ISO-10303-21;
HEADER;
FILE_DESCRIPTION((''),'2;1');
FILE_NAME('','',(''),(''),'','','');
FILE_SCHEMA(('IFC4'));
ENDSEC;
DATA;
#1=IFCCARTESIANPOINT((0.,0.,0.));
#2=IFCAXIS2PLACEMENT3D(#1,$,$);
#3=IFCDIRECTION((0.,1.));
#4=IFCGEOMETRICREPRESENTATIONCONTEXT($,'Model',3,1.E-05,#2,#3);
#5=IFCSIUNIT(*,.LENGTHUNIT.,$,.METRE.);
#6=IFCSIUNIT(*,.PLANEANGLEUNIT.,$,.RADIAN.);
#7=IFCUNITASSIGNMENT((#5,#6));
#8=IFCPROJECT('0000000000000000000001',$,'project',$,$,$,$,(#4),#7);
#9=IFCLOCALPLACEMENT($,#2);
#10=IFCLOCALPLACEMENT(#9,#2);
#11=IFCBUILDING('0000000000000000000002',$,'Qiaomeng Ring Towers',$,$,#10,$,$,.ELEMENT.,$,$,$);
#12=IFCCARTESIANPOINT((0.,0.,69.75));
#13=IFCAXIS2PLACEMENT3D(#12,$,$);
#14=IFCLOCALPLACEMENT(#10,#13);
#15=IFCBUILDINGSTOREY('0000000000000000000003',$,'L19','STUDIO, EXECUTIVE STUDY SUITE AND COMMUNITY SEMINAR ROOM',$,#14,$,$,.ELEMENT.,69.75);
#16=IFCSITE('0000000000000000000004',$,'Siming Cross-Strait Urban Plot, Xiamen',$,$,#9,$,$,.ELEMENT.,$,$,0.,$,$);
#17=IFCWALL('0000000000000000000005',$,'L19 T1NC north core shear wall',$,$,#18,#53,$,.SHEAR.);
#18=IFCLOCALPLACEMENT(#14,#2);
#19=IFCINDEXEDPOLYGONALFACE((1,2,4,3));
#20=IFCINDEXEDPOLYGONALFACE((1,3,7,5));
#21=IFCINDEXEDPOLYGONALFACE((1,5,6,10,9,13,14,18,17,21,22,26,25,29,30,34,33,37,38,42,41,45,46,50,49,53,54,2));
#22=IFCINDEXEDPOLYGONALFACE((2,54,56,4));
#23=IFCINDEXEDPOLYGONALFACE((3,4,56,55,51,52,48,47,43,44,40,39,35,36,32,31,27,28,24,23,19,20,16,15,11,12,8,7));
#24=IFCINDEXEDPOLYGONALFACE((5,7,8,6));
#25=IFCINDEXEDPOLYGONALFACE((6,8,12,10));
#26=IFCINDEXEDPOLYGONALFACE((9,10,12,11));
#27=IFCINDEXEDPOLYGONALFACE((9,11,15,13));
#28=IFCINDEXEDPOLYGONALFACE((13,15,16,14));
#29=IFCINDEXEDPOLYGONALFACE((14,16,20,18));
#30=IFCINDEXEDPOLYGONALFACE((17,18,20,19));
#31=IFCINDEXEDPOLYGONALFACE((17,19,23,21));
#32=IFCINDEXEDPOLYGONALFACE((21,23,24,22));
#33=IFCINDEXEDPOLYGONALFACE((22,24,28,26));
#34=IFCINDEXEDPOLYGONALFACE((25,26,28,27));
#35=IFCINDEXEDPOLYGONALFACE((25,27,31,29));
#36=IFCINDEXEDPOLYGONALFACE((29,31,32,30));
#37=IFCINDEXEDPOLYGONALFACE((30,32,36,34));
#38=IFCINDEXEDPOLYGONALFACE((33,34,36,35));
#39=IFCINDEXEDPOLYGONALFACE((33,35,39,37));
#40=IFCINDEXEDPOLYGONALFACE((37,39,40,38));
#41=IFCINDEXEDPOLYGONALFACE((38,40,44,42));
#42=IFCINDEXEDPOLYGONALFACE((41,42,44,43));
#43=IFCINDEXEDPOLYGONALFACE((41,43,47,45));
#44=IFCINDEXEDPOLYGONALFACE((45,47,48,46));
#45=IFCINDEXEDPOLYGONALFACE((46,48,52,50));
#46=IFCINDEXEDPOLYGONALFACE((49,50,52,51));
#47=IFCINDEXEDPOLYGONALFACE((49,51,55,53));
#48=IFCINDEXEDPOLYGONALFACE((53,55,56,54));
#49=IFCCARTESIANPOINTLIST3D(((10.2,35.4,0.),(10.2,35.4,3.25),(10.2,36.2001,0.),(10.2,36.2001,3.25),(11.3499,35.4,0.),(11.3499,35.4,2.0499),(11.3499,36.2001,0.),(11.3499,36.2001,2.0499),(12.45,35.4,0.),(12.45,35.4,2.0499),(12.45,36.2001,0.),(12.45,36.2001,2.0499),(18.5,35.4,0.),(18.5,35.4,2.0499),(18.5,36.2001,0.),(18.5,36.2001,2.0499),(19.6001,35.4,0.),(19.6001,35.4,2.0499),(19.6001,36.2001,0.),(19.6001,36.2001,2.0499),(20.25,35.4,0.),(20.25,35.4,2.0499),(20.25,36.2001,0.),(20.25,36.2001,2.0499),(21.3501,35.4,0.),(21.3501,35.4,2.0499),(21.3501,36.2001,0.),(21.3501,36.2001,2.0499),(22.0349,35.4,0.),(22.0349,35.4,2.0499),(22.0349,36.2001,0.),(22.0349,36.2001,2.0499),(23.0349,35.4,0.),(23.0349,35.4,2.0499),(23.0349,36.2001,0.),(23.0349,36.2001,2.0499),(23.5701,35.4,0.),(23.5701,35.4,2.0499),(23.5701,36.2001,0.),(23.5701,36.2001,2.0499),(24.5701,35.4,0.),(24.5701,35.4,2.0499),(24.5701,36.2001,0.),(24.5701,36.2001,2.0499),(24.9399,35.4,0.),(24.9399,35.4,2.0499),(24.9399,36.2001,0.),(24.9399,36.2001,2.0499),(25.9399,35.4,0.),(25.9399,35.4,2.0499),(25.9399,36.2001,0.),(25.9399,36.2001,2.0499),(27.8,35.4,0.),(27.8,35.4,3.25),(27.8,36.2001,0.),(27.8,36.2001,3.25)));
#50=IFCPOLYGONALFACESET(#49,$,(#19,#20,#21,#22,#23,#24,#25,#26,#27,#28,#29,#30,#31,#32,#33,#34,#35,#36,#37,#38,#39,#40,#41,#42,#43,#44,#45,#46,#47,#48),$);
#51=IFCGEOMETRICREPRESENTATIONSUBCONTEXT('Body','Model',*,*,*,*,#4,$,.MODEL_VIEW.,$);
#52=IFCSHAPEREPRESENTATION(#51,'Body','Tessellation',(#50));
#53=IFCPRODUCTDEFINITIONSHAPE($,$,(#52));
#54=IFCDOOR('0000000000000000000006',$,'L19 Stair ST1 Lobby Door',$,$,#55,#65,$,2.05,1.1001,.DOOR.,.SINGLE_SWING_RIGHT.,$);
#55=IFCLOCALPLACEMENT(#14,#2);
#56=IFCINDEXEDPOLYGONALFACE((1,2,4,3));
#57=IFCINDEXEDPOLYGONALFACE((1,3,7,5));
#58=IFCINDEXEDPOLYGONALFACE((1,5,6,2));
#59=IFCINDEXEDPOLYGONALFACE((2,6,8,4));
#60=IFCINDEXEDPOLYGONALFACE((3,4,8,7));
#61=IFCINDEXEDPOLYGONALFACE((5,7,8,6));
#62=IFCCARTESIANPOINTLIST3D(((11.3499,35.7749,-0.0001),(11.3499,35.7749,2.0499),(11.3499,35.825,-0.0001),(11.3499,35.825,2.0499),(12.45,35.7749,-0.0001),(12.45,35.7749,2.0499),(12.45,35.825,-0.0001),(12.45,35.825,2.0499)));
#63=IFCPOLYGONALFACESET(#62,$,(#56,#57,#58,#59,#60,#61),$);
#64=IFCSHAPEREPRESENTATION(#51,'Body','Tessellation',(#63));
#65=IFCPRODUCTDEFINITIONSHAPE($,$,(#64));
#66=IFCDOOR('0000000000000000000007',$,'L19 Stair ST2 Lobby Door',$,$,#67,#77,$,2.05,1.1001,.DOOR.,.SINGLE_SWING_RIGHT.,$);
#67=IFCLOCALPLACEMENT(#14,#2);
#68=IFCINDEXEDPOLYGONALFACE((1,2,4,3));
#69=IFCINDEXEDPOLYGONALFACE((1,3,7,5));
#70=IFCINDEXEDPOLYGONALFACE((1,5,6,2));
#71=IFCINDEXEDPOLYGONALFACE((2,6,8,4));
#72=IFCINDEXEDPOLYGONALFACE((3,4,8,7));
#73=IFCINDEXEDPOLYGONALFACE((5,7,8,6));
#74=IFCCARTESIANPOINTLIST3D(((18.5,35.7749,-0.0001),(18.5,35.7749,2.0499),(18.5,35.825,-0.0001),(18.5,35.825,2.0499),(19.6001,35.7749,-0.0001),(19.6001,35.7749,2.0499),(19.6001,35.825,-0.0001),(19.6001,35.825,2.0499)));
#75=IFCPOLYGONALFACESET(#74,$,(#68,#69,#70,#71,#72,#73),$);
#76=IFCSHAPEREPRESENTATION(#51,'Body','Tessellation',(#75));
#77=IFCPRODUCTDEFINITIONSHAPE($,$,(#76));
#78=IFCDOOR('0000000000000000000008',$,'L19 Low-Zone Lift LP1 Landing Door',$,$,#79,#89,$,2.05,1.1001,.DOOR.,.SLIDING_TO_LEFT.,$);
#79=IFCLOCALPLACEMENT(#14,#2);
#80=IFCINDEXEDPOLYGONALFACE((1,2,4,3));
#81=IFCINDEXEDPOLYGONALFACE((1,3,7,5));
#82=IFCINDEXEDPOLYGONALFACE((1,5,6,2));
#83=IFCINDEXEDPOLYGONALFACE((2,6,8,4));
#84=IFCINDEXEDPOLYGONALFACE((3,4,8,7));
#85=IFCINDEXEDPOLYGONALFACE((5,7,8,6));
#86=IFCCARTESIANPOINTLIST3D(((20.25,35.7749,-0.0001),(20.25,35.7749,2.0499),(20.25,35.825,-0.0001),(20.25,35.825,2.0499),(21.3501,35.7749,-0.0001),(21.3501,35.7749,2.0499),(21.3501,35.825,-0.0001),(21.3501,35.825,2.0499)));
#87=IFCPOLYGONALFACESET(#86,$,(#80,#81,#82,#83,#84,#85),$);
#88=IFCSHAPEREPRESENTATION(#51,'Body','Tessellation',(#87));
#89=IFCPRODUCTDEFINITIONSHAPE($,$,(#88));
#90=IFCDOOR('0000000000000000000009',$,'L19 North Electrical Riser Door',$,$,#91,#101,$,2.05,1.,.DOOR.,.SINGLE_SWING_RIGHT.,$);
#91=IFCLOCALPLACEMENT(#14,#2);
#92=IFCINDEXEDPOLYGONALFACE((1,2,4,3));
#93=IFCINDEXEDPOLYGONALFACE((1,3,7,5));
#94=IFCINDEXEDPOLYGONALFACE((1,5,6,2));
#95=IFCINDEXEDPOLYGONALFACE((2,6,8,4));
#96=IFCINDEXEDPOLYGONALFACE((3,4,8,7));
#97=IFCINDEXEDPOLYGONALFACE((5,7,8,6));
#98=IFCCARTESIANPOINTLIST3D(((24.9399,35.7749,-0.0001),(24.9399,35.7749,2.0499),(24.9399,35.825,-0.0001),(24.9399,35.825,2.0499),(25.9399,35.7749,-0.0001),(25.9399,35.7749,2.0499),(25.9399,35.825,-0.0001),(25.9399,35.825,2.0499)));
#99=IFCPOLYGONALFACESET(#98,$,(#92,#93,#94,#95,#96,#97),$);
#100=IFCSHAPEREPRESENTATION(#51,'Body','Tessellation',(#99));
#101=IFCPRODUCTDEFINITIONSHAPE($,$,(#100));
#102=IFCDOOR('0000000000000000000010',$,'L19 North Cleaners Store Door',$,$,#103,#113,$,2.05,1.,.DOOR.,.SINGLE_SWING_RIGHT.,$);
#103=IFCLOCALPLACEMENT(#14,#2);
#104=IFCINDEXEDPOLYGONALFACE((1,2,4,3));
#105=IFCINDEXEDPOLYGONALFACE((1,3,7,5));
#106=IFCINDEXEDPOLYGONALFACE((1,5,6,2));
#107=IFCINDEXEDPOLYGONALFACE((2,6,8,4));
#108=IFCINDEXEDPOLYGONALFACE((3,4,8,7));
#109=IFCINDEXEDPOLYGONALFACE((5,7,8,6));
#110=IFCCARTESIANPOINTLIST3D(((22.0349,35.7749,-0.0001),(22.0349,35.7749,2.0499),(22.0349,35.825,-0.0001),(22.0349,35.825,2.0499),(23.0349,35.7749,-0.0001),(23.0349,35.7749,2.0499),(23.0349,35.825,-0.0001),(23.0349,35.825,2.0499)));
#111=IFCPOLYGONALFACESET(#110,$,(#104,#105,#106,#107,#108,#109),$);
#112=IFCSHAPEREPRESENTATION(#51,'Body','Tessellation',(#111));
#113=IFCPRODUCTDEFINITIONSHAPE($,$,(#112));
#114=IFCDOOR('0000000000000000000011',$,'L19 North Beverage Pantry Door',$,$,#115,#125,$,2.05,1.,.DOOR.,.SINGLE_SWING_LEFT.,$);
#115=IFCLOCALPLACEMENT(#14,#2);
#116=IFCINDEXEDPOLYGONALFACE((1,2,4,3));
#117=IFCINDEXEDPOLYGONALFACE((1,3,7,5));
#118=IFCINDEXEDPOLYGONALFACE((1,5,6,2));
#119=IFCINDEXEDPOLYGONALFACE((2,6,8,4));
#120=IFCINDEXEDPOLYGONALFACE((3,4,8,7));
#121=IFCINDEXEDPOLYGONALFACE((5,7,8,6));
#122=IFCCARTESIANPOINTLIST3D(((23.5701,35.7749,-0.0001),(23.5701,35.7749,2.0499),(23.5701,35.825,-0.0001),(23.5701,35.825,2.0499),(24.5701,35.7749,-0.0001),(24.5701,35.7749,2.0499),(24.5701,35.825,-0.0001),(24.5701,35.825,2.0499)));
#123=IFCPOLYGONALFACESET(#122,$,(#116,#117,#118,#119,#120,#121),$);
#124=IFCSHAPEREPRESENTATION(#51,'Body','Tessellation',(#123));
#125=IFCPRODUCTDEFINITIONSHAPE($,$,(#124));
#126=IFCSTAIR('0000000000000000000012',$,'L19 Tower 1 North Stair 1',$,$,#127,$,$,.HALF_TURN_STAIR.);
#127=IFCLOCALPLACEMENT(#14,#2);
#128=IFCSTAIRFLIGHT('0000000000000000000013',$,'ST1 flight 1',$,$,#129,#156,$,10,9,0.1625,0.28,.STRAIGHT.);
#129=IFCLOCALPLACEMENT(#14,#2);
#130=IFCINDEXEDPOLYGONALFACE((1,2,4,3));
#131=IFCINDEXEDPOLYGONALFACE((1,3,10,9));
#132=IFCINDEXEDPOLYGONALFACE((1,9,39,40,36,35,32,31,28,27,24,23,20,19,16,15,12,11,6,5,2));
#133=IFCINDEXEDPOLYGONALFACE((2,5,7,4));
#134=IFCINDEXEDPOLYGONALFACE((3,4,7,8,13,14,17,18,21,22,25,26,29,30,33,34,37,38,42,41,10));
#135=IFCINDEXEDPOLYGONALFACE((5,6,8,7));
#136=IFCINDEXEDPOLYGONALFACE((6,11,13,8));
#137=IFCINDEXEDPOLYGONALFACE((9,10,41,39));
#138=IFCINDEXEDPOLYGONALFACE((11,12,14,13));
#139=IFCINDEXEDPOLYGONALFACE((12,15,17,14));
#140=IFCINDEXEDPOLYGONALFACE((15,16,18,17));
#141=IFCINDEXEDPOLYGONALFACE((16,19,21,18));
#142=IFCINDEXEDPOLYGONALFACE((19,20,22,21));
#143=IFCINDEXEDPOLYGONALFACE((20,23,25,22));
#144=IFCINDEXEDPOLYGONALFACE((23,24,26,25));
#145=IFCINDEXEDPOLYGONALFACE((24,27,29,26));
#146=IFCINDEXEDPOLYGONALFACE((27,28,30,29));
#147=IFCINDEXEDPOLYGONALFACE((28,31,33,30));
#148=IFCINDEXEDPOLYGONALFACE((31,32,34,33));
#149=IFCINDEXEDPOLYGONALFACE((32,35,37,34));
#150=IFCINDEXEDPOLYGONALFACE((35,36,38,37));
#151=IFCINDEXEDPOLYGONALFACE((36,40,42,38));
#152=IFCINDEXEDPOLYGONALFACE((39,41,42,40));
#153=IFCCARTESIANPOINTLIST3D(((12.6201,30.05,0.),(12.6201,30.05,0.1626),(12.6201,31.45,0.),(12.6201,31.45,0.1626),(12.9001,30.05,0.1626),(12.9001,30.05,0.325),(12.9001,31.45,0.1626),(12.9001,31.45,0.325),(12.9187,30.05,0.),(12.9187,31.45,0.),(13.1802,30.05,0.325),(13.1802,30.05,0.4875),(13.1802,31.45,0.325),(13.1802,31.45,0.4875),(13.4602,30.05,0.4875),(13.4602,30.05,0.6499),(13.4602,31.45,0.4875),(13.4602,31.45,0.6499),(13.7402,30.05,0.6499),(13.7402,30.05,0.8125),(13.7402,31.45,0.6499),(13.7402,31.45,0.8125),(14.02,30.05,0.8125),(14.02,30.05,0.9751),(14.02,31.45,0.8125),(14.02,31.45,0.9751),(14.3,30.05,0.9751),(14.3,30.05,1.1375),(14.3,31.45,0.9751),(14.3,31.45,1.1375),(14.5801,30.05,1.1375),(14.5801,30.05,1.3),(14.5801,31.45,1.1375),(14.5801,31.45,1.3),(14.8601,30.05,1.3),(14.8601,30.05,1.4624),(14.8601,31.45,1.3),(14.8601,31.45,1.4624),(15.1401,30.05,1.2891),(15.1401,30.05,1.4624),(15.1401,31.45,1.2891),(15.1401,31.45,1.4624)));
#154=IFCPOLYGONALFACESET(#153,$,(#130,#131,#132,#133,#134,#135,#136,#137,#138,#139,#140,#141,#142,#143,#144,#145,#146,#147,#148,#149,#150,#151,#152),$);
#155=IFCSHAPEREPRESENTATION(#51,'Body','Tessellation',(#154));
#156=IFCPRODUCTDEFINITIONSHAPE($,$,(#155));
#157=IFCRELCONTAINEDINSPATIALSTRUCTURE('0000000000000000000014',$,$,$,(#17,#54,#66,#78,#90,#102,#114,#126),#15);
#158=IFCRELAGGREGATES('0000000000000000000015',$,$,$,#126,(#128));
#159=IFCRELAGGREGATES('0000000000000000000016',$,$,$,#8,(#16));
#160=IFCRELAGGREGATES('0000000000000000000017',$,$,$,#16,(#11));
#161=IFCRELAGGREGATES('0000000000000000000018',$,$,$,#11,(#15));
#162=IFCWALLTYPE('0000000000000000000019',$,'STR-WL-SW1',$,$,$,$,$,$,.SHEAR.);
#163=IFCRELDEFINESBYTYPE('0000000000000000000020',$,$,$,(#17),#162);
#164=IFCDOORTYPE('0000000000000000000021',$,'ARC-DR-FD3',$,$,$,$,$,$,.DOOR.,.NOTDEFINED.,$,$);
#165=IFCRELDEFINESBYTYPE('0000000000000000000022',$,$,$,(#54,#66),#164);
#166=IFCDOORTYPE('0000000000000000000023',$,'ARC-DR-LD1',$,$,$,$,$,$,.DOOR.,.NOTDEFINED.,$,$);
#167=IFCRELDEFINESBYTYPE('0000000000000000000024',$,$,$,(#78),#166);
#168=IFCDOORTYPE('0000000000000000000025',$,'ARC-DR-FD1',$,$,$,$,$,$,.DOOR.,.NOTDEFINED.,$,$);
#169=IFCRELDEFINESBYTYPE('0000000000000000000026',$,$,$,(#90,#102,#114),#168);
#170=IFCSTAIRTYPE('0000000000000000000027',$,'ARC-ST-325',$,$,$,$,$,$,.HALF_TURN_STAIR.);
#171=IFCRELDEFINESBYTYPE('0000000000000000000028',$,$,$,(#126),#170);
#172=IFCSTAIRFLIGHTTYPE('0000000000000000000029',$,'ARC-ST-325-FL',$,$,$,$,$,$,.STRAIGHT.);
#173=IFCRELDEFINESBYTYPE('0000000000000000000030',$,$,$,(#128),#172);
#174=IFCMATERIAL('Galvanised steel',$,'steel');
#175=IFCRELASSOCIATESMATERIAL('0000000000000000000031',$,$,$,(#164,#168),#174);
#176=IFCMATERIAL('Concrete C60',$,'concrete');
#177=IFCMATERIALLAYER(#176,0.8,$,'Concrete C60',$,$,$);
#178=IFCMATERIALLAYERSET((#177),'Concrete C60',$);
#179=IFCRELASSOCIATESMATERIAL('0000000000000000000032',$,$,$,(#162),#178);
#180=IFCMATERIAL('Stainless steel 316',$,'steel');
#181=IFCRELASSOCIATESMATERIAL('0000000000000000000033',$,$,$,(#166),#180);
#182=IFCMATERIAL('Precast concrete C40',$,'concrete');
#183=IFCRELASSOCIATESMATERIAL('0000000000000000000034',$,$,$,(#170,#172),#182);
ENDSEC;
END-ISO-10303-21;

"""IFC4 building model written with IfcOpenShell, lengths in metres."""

from ifc_helpers import new_model, si_unit, direction, frame, frame_2d, origin, place, context, subcontext, project, spatial, polyline, rectangle, outline, extrude, source, transform, mapped, material, layer, layer_set, type_object, element, fill, aggregate, save


model = new_model("IFC4")

# Units and contexts
model_context = context("Model", 3, precision=1e-05, world=origin(), true_north=direction((0.0, 1.0)))
body_context = subcontext(model_context, "Body", "Model", "MODEL_VIEW")
ifc_project = project(units=[si_unit("LENGTHUNIT", "METRE"), si_unit("PLANEANGLEUNIT", "RADIAN")], contexts=[model_context])

# Site, building, storey
site_placement = place(None, origin())
site = spatial("IfcSite", under=ifc_project, at=site_placement, Name="Siming Cross-Strait Urban Plot, Xiamen", CompositionType="ELEMENT", RefElevation=0.0)
building_placement = place(site_placement, origin())
building = spatial("IfcBuilding", under=site, at=building_placement, Name="Qiaomeng Ring Towers", CompositionType="ELEMENT")
storey_placement = place(building_placement, frame((0.0, 0.0, 69.75)))
storey = spatial("IfcBuildingStorey", under=building, at=storey_placement, Name="L19", Description="STUDIO, EXECUTIVE STUDY SUITE AND COMMUNITY SEMINAR ROOM", CompositionType="ELEMENT", Elevation=69.75)

# Shared definitions
ifc_material_1 = material(Name="Concrete C60", Category="concrete")

# Shared definitions
shared_shape_1 = source(origin(), body_context, "Body", "SweptSolid", [
    extrude(rectangle(XDim=1.0, YDim=2.05, at=frame_2d((0.5, 1.0249))), frame((0.0, 0.0249, 0.0), z_axis=(0.0, -1.0, 0.0), x_axis=(1.0, 0.0, 0.0)), (0.0, 0.0, 1.0), 0.05),
])

# Shared definitions
ifc_material_2 = material(Name="Galvanised steel", Category="steel")
door_type_1 = type_object("IfcDoorType", Name="ARC-DR-FD3", OperationType="NOTDEFINED", PredefinedType="DOOR", material=ifc_material_2)
shared_shape_2 = source(origin(), body_context, "Body", "SweptSolid", [
    extrude(rectangle(XDim=1.1001, YDim=2.05, at=frame_2d((0.55, 1.0249))), frame((0.0, 0.0249, 0.0), z_axis=(0.0, -1.0, 0.0), x_axis=(1.0, 0.0, 0.0)), (0.0, 0.0, 1.0), 0.05),
])

# Wall, openings, doors
ifc_layer_1 = layer(ifc_material_1, 0.8, Name="Concrete C60")
ifc_layer_set_1 = layer_set([ifc_layer_1], Name="Concrete C60")
wall_type_1 = type_object("IfcWallType", Name="STR-WL-SW1", PredefinedType="SHEAR", material=ifc_layer_set_1)
wall_1_placement = place(storey_placement, frame((10.2, 35.8, 0.0), z_axis=(0.0, 0.0, 1.0), x_axis=(1.0, 0.0, 0.0)))
wall_1 = element("IfcWall", 1, at=wall_1_placement, inside=storey, type_object=wall_type_1, Name="L19 T1NC north core shear wall", PredefinedType="SHEAR", context=body_context, shape_type="SweptSolid", body=[
    extrude(rectangle(XDim=17.6001, YDim=0.8, at=frame_2d((8.8, 0.0))), origin(), (0.0, 0.0, 1.0), 3.25),
])
opening_1_placement = place(wall_1_placement, frame((1.1499, 0.0, 0.0)))
opening_1 = element("IfcOpeningElement", 2, at=opening_1_placement, cuts=wall_1, PredefinedType="OPENING", context=body_context, shape_type="SweptSolid", body=[
    extrude(rectangle(XDim=1.1001, YDim=2.05, at=frame_2d((0.55, 1.0249))), frame((0.0, 0.4099, 0.0), z_axis=(0.0, -1.0, 0.0), x_axis=(1.0, 0.0, 0.0)), (0.0, 0.0, 1.0), 0.8201),
])
opening_2_placement = place(wall_1_placement, frame((8.3, 0.0, 0.0)))
opening_2 = element("IfcOpeningElement", 3, at=opening_2_placement, cuts=wall_1, PredefinedType="OPENING", context=body_context, shape_type="SweptSolid", body=[
    extrude(rectangle(XDim=1.1001, YDim=2.05, at=frame_2d((0.55, 1.0249))), frame((0.0, 0.4099, 0.0), z_axis=(0.0, -1.0, 0.0), x_axis=(1.0, 0.0, 0.0)), (0.0, 0.0, 1.0), 0.8201),
])
opening_3_placement = place(wall_1_placement, frame((10.05, 0.0, 0.0)))
opening_3 = element("IfcOpeningElement", 4, at=opening_3_placement, cuts=wall_1, PredefinedType="OPENING", context=body_context, shape_type="SweptSolid", body=[
    extrude(rectangle(XDim=1.1001, YDim=2.05, at=frame_2d((0.55, 1.0249))), frame((0.0, 0.4099, 0.0), z_axis=(0.0, -1.0, 0.0), x_axis=(1.0, 0.0, 0.0)), (0.0, 0.0, 1.0), 0.8201),
])
opening_4_placement = place(wall_1_placement, frame((14.74, 0.0, 0.0)))
opening_4 = element("IfcOpeningElement", 5, at=opening_4_placement, cuts=wall_1, PredefinedType="OPENING", context=body_context, shape_type="SweptSolid", body=[
    extrude(rectangle(XDim=1.0, YDim=2.05, at=frame_2d((0.5, 1.0249))), frame((0.0, 0.4099, 0.0), z_axis=(0.0, -1.0, 0.0), x_axis=(1.0, 0.0, 0.0)), (0.0, 0.0, 1.0), 0.8201),
])
opening_5_placement = place(wall_1_placement, frame((11.835, 0.0, 0.0)))
opening_5 = element("IfcOpeningElement", 6, at=opening_5_placement, cuts=wall_1, PredefinedType="OPENING", context=body_context, shape_type="SweptSolid", body=[
    extrude(rectangle(XDim=1.0, YDim=2.05, at=frame_2d((0.5, 1.0249))), frame((0.0, 0.4099, 0.0), z_axis=(0.0, -1.0, 0.0), x_axis=(1.0, 0.0, 0.0)), (0.0, 0.0, 1.0), 0.8201),
])
opening_6_placement = place(wall_1_placement, frame((13.3701, 0.0, 0.0)))
opening_6 = element("IfcOpeningElement", 7, at=opening_6_placement, cuts=wall_1, PredefinedType="OPENING", context=body_context, shape_type="SweptSolid", body=[
    extrude(rectangle(XDim=1.0, YDim=2.05, at=frame_2d((0.5, 1.0249))), frame((0.0, 0.4099, 0.0), z_axis=(0.0, -1.0, 0.0), x_axis=(1.0, 0.0, 0.0)), (0.0, 0.0, 1.0), 0.8201),
])
door_1_placement = place(opening_1_placement, origin())
door_1 = element("IfcDoor", 8, at=door_1_placement, inside=storey, type_object=door_type_1, Name="L19 Stair ST1 Lobby Door", OperationType="SINGLE_SWING_RIGHT", OverallHeight=2.05, OverallWidth=1.1001, PredefinedType="DOOR", context=body_context, shape_type="MappedRepresentation", body=[
    mapped(shared_shape_2, transform((0.0, 0.0, 0.0), x_axis=(1.0, 0.0, 0.0), y_axis=(0.0, 1.0, 0.0), z_axis=(0.0, 0.0, 1.0), scale=1.0)),
])
fill(opening_1, door_1)
door_2_placement = place(opening_2_placement, origin())
door_2 = element("IfcDoor", 9, at=door_2_placement, inside=storey, type_object=door_type_1, Name="L19 Stair ST2 Lobby Door", OperationType="SINGLE_SWING_RIGHT", OverallHeight=2.05, OverallWidth=1.1001, PredefinedType="DOOR", context=body_context, shape_type="MappedRepresentation", body=[
    mapped(shared_shape_2, transform((0.0, 0.0, 0.0), x_axis=(1.0, 0.0, 0.0), y_axis=(0.0, 1.0, 0.0), z_axis=(0.0, 0.0, 1.0), scale=1.0)),
])
fill(opening_2, door_2)
ifc_material_3 = material(Name="Stainless steel 316", Category="steel")
door_type_2 = type_object("IfcDoorType", Name="ARC-DR-LD1", OperationType="NOTDEFINED", PredefinedType="DOOR", material=ifc_material_3)
door_3_placement = place(opening_3_placement, origin())
door_3 = element("IfcDoor", 10, at=door_3_placement, inside=storey, type_object=door_type_2, Name="L19 Low-Zone Lift LP1 Landing Door", OperationType="SLIDING_TO_LEFT", OverallHeight=2.05, OverallWidth=1.1001, PredefinedType="DOOR", context=body_context, shape_type="MappedRepresentation", body=[
    mapped(shared_shape_2, transform((0.0, 0.0, 0.0), x_axis=(1.0, 0.0, 0.0), y_axis=(0.0, 1.0, 0.0), z_axis=(0.0, 0.0, 1.0), scale=1.0)),
])
fill(opening_3, door_3)
door_type_3 = type_object("IfcDoorType", Name="ARC-DR-FD1", OperationType="NOTDEFINED", PredefinedType="DOOR", material=ifc_material_2)
door_4_placement = place(opening_4_placement, origin())
door_4 = element("IfcDoor", 11, at=door_4_placement, inside=storey, type_object=door_type_3, Name="L19 North Electrical Riser Door", OperationType="SINGLE_SWING_RIGHT", OverallHeight=2.05, OverallWidth=1.0, PredefinedType="DOOR", context=body_context, shape_type="MappedRepresentation", body=[
    mapped(shared_shape_1, transform((0.0, 0.0, 0.0), x_axis=(1.0, 0.0, 0.0), y_axis=(0.0, 1.0, 0.0), z_axis=(0.0, 0.0, 1.0), scale=1.0)),
])
fill(opening_4, door_4)
door_5_placement = place(opening_5_placement, origin())
door_5 = element("IfcDoor", 12, at=door_5_placement, inside=storey, type_object=door_type_3, Name="L19 North Cleaners Store Door", OperationType="SINGLE_SWING_RIGHT", OverallHeight=2.05, OverallWidth=1.0, PredefinedType="DOOR", context=body_context, shape_type="MappedRepresentation", body=[
    mapped(shared_shape_1, transform((0.0, 0.0, 0.0), x_axis=(1.0, 0.0, 0.0), y_axis=(0.0, 1.0, 0.0), z_axis=(0.0, 0.0, 1.0), scale=1.0)),
])
fill(opening_5, door_5)
door_6_placement = place(opening_6_placement, origin())
door_6 = element("IfcDoor", 13, at=door_6_placement, inside=storey, type_object=door_type_3, Name="L19 North Beverage Pantry Door", OperationType="SINGLE_SWING_LEFT", OverallHeight=2.05, OverallWidth=1.0, PredefinedType="DOOR", context=body_context, shape_type="MappedRepresentation", body=[
    mapped(shared_shape_1, transform((0.0, 0.0, 0.0), x_axis=(1.0, 0.0, 0.0), y_axis=(0.0, 1.0, 0.0), z_axis=(0.0, 0.0, 1.0), scale=1.0)),
])
fill(opening_6, door_6)

# Stair, stair flight
ifc_material_4 = material(Name="Precast concrete C40", Category="concrete")
stair_type = type_object("IfcStairType", Name="ARC-ST-325", PredefinedType="HALF_TURN_STAIR", material=ifc_material_4)
stair_placement = place(storey_placement, origin())
stair = element("IfcStair", 14, at=stair_placement, inside=storey, type_object=stair_type, Name="L19 Tower 1 North Stair 1", PredefinedType="HALF_TURN_STAIR")
stair_flight_type = type_object("IfcStairFlightType", Name="ARC-ST-325-FL", PredefinedType="STRAIGHT", material=ifc_material_4)
shared_shape_3 = source(origin(), body_context, "Body", "SweptSolid", [
    extrude(outline(polyline([(0.0, 0.0), (0.0, 0.1626), (0.28, 0.1626), (0.28, 0.325), (0.5601, 0.325), (0.5601, 0.4875), (0.8401, 0.4875), (0.8401, 0.6499), (1.1201, 0.6499), (1.1201, 0.8125), (1.3999, 0.8125), (1.3999, 0.9751), (1.6799, 0.9751), (1.6799, 1.1375), (1.96, 1.1375), (1.96, 1.3), (2.24, 1.3), (2.24, 1.4624), (2.52, 1.4624), (2.52, 1.625), (2.52, 1.2891), (0.2986, 0.0), (0.0, 0.0)])), frame((0.0, 0.7, 0.0), z_axis=(0.0, -1.0, 0.0), x_axis=(1.0, 0.0, 0.0)), (0.0, 0.0, 1.0), 1.3999),
])
stair_flight_placement = place(storey_placement, frame((12.6201, 30.75, 0.0), z_axis=(0.0, 0.0, 1.0), x_axis=(1.0, 0.0, 0.0)))
stair_flight = element("IfcStairFlight", 15, at=stair_flight_placement, type_object=stair_flight_type, Name="ST1 flight 1", NumberOfRisers=10, NumberOfTreads=9, PredefinedType="STRAIGHT", RiserHeight=0.1625, TreadLength=0.28, context=body_context, shape_type="MappedRepresentation", body=[
    mapped(shared_shape_3, transform((0.0, 0.0, 0.0), x_axis=(1.0, 0.0, 0.0), y_axis=(0.0, 1.0, 0.0), z_axis=(0.0, 0.0, 1.0), scale=1.0)),
])
aggregate(stair, [stair_flight])

save(model, "model.ifc")
